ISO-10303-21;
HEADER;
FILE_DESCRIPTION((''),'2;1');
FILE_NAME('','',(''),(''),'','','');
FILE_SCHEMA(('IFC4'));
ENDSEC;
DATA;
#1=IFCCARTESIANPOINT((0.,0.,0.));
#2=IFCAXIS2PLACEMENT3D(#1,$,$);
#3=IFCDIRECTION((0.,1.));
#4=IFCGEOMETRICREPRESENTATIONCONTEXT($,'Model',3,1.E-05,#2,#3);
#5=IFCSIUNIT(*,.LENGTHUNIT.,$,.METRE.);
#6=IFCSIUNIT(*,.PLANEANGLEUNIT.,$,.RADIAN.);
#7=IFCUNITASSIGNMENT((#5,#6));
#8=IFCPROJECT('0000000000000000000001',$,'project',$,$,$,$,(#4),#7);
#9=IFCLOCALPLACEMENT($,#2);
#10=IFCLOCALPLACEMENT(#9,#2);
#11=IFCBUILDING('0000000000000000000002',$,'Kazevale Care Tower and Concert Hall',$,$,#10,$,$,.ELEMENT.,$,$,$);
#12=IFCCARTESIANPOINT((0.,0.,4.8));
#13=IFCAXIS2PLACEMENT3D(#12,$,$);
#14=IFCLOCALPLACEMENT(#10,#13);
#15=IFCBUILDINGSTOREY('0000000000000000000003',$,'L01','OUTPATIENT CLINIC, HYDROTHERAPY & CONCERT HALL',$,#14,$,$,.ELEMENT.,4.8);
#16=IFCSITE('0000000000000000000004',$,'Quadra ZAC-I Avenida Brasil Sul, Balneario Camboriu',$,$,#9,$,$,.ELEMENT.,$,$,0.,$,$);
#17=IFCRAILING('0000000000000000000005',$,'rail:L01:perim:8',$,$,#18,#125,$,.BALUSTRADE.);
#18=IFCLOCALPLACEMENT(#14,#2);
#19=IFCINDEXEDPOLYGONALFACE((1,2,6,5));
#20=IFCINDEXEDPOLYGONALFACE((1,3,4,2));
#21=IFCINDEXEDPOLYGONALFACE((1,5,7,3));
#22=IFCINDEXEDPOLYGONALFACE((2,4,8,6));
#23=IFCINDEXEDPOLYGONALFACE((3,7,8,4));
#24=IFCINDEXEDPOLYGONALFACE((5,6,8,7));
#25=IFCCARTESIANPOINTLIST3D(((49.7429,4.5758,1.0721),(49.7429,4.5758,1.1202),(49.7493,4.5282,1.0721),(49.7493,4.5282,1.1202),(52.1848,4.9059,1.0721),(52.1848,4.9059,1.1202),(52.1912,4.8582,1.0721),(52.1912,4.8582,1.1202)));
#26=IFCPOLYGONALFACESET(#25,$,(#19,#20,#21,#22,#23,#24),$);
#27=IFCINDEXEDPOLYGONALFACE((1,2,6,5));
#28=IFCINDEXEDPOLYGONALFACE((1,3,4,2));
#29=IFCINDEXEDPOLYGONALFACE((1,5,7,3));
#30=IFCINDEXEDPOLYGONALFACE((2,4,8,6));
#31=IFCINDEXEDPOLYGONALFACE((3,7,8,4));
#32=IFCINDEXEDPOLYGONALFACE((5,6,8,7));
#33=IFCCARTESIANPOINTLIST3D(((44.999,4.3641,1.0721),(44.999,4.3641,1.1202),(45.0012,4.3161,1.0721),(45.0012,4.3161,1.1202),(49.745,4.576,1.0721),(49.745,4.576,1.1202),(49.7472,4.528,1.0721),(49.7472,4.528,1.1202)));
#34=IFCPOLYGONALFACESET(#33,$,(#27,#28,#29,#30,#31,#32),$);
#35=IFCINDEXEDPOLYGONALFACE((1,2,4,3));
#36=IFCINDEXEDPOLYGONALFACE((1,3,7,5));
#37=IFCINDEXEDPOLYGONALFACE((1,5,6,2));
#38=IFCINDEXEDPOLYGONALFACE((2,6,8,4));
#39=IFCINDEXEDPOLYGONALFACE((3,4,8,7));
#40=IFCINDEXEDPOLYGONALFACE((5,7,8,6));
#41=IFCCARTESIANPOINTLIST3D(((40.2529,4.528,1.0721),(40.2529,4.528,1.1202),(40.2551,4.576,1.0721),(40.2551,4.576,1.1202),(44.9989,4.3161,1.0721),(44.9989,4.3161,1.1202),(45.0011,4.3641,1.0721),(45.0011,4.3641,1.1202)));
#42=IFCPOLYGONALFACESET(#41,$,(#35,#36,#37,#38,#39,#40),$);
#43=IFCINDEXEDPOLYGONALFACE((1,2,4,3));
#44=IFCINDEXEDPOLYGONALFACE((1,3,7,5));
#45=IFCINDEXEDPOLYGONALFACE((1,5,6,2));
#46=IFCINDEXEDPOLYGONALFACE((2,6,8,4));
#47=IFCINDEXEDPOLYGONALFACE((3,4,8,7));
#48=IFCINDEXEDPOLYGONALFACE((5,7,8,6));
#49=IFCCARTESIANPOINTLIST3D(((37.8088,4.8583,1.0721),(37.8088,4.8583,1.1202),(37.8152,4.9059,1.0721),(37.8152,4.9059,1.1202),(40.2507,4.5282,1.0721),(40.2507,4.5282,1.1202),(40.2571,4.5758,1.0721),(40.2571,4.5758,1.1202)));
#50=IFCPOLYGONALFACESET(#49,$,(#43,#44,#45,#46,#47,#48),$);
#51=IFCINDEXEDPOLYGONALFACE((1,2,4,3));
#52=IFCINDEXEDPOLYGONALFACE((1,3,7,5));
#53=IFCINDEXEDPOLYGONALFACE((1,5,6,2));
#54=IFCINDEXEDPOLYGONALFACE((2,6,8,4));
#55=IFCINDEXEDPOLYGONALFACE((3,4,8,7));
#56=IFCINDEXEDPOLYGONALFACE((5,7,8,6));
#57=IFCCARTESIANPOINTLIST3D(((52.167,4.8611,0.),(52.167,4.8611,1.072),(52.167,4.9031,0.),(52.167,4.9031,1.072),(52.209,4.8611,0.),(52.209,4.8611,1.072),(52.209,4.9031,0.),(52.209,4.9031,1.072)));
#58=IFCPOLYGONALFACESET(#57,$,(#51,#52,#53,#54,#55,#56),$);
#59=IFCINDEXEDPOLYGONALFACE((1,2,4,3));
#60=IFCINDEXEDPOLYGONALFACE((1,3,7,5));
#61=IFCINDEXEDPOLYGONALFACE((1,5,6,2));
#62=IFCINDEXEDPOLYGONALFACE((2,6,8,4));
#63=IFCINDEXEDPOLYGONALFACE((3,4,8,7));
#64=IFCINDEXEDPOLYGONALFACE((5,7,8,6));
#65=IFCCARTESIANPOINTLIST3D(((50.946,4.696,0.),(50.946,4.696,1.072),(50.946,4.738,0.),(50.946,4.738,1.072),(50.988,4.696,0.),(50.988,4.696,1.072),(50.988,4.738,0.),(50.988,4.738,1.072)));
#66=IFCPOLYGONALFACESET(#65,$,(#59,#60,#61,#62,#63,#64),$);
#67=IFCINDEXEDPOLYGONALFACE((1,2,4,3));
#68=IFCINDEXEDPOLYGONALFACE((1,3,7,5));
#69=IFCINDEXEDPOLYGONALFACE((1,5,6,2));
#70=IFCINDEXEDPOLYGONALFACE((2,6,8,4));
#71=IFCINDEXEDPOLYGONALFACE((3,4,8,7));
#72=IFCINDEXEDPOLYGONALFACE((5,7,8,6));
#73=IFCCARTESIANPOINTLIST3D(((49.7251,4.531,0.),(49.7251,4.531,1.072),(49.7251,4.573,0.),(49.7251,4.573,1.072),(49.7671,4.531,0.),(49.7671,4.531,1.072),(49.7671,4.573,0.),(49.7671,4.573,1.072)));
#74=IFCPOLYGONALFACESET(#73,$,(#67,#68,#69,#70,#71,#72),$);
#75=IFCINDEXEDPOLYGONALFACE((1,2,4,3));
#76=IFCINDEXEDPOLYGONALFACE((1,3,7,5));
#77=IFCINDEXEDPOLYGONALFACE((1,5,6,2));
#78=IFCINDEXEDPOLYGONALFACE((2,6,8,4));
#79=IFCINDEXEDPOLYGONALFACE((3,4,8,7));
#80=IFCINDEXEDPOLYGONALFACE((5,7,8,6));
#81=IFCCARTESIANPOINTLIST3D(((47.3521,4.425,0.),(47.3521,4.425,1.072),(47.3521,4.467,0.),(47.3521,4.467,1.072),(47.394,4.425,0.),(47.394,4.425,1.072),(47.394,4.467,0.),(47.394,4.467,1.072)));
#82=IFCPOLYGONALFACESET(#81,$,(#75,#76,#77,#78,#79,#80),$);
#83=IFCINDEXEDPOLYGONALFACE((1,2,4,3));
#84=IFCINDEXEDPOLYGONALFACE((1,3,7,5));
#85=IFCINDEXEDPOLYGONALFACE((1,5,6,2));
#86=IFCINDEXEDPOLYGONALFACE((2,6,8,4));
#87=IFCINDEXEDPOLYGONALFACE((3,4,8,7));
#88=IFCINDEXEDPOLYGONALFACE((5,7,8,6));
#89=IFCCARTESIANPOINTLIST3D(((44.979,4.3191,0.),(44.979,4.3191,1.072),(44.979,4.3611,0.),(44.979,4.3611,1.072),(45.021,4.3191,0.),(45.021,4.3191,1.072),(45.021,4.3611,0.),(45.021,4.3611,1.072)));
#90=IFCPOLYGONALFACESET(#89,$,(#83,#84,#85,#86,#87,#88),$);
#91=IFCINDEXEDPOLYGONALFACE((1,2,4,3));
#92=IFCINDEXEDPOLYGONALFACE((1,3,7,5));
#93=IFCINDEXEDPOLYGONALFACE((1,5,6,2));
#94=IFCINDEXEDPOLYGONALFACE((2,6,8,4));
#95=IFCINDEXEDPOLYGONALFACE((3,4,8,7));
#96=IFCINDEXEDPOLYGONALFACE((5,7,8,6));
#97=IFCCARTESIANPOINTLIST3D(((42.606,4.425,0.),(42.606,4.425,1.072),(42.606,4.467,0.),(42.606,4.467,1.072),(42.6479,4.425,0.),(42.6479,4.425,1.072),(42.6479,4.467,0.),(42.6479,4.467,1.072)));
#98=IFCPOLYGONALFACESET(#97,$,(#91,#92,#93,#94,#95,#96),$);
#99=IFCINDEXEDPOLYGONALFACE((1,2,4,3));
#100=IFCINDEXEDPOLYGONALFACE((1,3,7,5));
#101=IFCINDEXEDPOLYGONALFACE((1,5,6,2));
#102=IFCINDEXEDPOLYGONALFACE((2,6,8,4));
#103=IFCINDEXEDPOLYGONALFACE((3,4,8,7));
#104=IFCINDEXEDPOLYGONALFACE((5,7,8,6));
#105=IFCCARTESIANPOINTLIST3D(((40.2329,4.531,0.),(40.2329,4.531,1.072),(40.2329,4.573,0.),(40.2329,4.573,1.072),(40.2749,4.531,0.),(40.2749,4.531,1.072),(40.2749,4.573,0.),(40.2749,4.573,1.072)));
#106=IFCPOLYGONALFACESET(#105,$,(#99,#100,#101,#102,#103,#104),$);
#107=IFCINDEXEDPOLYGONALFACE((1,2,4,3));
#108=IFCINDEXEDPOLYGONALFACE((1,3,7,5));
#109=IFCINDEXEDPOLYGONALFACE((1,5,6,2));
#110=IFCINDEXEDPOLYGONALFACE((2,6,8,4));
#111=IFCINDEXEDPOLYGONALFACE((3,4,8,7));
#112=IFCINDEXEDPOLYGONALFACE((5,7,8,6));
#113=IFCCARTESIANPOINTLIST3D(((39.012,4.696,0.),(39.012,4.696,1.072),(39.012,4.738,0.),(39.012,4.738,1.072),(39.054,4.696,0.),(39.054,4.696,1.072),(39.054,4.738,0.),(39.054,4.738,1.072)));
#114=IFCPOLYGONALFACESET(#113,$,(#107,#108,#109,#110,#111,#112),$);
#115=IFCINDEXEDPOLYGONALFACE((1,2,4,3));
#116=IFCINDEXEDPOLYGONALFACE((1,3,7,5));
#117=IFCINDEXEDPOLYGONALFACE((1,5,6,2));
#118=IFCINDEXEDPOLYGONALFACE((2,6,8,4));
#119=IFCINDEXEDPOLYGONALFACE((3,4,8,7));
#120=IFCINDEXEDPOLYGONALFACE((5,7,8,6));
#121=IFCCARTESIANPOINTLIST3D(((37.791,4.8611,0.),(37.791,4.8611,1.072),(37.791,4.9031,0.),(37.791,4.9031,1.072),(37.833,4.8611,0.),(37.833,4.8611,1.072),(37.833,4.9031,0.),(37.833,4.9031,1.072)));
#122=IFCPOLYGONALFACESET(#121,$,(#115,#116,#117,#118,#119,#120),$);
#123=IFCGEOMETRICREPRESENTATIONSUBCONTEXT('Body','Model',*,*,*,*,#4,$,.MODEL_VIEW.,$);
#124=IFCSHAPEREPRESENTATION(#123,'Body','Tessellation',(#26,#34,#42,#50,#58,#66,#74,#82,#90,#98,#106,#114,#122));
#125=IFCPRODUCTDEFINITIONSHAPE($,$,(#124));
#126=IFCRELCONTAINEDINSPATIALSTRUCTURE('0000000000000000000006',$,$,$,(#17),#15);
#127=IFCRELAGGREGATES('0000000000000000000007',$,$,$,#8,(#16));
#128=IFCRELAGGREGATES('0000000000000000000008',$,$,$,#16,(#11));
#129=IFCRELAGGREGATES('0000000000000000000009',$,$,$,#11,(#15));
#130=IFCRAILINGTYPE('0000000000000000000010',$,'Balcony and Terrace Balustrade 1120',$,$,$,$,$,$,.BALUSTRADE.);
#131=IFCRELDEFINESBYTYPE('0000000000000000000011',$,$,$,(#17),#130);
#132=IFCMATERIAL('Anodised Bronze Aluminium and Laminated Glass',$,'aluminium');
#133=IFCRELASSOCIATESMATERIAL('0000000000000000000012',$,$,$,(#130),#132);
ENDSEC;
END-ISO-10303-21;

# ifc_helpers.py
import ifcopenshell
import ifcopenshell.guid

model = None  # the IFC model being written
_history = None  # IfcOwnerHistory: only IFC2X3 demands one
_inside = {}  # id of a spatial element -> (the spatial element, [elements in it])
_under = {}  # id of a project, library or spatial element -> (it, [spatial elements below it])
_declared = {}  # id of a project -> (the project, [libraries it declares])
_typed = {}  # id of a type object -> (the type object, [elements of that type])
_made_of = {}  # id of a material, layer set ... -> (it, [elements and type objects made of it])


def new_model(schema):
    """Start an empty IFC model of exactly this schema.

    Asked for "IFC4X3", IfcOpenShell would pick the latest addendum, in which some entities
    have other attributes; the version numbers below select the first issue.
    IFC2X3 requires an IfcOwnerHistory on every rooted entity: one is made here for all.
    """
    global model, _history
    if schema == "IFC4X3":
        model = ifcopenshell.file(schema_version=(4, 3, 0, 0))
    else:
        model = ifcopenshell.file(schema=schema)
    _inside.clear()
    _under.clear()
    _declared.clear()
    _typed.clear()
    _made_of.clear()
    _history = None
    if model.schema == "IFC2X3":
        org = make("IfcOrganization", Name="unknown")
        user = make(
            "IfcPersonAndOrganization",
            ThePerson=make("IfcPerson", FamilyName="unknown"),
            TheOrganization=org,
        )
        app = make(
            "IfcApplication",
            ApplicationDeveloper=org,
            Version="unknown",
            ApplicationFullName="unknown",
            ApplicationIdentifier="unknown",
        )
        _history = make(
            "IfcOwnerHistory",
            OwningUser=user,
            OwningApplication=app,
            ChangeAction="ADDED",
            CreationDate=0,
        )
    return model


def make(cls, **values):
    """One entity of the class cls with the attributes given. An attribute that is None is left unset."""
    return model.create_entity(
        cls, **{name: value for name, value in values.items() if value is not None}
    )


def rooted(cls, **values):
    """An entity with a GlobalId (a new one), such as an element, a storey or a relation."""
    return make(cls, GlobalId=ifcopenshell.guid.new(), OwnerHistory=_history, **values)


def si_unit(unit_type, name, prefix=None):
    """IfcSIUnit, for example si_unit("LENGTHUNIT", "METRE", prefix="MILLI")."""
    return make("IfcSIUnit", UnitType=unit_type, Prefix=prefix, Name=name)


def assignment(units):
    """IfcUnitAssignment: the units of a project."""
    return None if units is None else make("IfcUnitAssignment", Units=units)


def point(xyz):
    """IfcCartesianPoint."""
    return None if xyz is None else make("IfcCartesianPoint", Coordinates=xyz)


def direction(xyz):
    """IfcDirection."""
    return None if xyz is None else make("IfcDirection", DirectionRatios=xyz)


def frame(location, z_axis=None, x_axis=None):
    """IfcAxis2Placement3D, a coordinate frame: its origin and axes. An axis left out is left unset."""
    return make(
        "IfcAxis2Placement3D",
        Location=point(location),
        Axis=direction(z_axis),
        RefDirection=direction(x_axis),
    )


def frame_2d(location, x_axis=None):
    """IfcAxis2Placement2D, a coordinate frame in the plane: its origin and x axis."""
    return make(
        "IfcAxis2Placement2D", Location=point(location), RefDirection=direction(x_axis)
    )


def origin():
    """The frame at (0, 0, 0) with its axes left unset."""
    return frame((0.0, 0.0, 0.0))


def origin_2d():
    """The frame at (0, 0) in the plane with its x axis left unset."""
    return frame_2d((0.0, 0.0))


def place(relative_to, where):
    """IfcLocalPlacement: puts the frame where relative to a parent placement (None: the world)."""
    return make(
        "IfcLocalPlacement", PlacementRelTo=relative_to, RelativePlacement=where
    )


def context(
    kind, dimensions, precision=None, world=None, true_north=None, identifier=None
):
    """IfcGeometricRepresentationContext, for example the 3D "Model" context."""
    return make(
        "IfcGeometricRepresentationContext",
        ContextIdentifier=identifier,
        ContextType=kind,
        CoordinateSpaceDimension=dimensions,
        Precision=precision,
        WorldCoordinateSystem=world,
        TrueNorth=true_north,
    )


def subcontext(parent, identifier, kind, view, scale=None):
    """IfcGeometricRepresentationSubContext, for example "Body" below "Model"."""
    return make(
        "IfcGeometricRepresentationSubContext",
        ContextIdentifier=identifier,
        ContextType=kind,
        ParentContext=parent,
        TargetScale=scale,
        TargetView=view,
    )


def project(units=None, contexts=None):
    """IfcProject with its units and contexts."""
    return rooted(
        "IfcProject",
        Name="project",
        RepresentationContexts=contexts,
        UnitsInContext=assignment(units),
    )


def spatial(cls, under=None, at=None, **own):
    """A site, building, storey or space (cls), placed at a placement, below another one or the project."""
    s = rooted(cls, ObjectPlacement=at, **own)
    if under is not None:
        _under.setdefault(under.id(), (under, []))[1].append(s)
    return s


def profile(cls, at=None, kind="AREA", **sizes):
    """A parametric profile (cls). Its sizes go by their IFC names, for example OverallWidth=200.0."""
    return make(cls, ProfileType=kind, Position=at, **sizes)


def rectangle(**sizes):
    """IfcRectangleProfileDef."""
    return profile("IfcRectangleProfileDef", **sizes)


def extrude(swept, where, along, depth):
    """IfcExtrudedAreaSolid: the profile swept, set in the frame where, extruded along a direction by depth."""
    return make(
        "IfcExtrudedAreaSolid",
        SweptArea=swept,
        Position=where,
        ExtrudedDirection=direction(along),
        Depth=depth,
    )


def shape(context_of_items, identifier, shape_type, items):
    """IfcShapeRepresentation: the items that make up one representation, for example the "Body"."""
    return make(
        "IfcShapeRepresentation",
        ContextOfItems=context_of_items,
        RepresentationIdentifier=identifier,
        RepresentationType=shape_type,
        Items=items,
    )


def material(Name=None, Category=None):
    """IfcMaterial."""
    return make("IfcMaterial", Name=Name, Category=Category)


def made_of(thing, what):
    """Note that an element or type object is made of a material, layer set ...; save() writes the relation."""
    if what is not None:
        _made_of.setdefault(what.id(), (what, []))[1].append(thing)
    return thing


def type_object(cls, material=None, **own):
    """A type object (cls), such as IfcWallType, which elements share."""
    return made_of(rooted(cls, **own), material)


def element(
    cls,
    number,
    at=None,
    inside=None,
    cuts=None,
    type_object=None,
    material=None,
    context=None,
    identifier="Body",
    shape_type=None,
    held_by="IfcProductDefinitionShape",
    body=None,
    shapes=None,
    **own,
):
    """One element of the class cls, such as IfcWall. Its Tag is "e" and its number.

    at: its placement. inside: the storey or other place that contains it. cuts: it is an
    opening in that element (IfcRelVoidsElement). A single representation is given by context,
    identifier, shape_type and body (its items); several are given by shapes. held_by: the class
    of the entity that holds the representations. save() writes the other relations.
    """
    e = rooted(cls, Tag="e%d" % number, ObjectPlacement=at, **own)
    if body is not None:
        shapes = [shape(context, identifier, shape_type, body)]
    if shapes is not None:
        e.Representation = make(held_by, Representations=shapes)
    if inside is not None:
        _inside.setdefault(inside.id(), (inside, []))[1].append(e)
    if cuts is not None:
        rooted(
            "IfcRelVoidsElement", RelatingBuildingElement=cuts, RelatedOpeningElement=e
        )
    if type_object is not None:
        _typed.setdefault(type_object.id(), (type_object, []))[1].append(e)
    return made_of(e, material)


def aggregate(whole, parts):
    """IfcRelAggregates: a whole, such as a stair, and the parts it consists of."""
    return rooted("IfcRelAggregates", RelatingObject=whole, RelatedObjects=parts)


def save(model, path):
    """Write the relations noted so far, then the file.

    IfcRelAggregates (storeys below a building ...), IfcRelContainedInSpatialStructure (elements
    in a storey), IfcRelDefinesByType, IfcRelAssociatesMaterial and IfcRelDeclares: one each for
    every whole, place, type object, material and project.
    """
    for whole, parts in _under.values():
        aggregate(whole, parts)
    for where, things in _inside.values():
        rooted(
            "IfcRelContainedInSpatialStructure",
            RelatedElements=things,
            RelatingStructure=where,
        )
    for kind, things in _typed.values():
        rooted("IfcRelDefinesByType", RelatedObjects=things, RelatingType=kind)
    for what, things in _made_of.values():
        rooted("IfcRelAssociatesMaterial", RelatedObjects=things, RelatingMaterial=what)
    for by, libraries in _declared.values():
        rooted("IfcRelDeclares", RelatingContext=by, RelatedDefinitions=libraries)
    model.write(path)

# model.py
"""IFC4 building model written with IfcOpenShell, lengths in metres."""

from ifc_helpers import new_model, si_unit, direction, frame, origin, origin_2d, place, context, subcontext, project, spatial, rectangle, extrude, material, type_object, element, save


model = new_model("IFC4")

# Units and contexts
model_context = context("Model", 3, precision=1e-05, world=origin(), true_north=direction((0.0, 1.0)))
body_context = subcontext(model_context, "Body", "Model", "MODEL_VIEW")
ifc_project = project(units=[si_unit("LENGTHUNIT", "METRE"), si_unit("PLANEANGLEUNIT", "RADIAN")], contexts=[model_context])

# Site, building, storey
site_placement = place(None, origin())
site = spatial("IfcSite", under=ifc_project, at=site_placement, Name="Quadra ZAC-I Avenida Brasil Sul, Balneario Camboriu", CompositionType="ELEMENT", RefElevation=0.0)
building_placement = place(site_placement, origin())
building = spatial("IfcBuilding", under=site, at=building_placement, Name="Kazevale Care Tower and Concert Hall", CompositionType="ELEMENT")
storey_placement = place(building_placement, frame((0.0, 0.0, 4.8)))
storey = spatial("IfcBuildingStorey", under=building, at=storey_placement, Name="L01", Description="OUTPATIENT CLINIC, HYDROTHERAPY & CONCERT HALL", CompositionType="ELEMENT", Elevation=4.8)

# Railing
ifc_material_1 = material(Name="Anodised Bronze Aluminium and Laminated Glass", Category="aluminium")
railing_type = type_object("IfcRailingType", Name="Balcony and Terrace Balustrade 1120", PredefinedType="BALUSTRADE", material=ifc_material_1)
railing_placement = place(storey_placement, frame((52.188, 4.8821, 0.0)))
element("IfcRailing", 1, at=railing_placement, inside=storey, type_object=railing_type, Name="rail:L01:perim:8", PredefinedType="BALUSTRADE", context=body_context, shape_type="SweptSolid", body=[
    extrude(rectangle(XDim=0.0481, YDim=0.0481, at=origin_2d()), frame((0.0, 0.0, 1.0962), z_axis=(-0.990987, -0.133955, 0.0), x_axis=(0.133955, -0.990987, 0.0)), (0.0, 0.0, 1.0), 2.4641),
    extrude(rectangle(XDim=0.0481, YDim=0.0481, at=origin_2d()), frame((-2.4419, -0.3301, 1.0962), z_axis=(-0.999005, -0.044606, 0.0), x_axis=(0.044606, -0.999005, 0.0)), (0.0, 0.0, 1.0), 4.7507),
    extrude(rectangle(XDim=0.0481, YDim=0.0481, at=origin_2d()), frame((-7.188, -0.542, 1.0962), z_axis=(-0.999005, 0.044606, 0.0), x_axis=(-0.044606, -0.999005, 0.0)), (0.0, 0.0, 1.0), 4.7507),
    extrude(rectangle(XDim=0.0481, YDim=0.0481, at=origin_2d()), frame((-11.9341, -0.3301, 1.0962), z_axis=(-0.990987, 0.133955, 0.0), x_axis=(-0.133955, -0.990987, 0.0)), (0.0, 0.0, 1.0), 2.4641),
    extrude(rectangle(XDim=0.042, YDim=0.042, at=origin_2d()), origin(), (0.0, 0.0, 1.0), 1.072),
    extrude(rectangle(XDim=0.042, YDim=0.042, at=origin_2d()), frame((-1.2209, -0.165, 0.0)), (0.0, 0.0, 1.0), 1.072),
    extrude(rectangle(XDim=0.042, YDim=0.042, at=origin_2d()), frame((-2.4419, -0.3301, 0.0)), (0.0, 0.0, 1.0), 1.072),
    extrude(rectangle(XDim=0.042, YDim=0.042, at=origin_2d()), frame((-4.8149, -0.436, 0.0)), (0.0, 0.0, 1.0), 1.072),
    extrude(rectangle(XDim=0.042, YDim=0.042, at=origin_2d()), frame((-7.188, -0.542, 0.0)), (0.0, 0.0, 1.0), 1.072),
    extrude(rectangle(XDim=0.042, YDim=0.042, at=origin_2d()), frame((-9.561, -0.436, 0.0)), (0.0, 0.0, 1.0), 1.072),
    extrude(rectangle(XDim=0.042, YDim=0.042, at=origin_2d()), frame((-11.9341, -0.3301, 0.0)), (0.0, 0.0, 1.0), 1.072),
    extrude(rectangle(XDim=0.042, YDim=0.042, at=origin_2d()), frame((-13.155, -0.165, 0.0)), (0.0, 0.0, 1.0), 1.072),
    extrude(rectangle(XDim=0.042, YDim=0.042, at=origin_2d()), frame((-14.376, 0.0, 0.0)), (0.0, 0.0, 1.0), 1.072),
])

save(model, "model.ifc")
